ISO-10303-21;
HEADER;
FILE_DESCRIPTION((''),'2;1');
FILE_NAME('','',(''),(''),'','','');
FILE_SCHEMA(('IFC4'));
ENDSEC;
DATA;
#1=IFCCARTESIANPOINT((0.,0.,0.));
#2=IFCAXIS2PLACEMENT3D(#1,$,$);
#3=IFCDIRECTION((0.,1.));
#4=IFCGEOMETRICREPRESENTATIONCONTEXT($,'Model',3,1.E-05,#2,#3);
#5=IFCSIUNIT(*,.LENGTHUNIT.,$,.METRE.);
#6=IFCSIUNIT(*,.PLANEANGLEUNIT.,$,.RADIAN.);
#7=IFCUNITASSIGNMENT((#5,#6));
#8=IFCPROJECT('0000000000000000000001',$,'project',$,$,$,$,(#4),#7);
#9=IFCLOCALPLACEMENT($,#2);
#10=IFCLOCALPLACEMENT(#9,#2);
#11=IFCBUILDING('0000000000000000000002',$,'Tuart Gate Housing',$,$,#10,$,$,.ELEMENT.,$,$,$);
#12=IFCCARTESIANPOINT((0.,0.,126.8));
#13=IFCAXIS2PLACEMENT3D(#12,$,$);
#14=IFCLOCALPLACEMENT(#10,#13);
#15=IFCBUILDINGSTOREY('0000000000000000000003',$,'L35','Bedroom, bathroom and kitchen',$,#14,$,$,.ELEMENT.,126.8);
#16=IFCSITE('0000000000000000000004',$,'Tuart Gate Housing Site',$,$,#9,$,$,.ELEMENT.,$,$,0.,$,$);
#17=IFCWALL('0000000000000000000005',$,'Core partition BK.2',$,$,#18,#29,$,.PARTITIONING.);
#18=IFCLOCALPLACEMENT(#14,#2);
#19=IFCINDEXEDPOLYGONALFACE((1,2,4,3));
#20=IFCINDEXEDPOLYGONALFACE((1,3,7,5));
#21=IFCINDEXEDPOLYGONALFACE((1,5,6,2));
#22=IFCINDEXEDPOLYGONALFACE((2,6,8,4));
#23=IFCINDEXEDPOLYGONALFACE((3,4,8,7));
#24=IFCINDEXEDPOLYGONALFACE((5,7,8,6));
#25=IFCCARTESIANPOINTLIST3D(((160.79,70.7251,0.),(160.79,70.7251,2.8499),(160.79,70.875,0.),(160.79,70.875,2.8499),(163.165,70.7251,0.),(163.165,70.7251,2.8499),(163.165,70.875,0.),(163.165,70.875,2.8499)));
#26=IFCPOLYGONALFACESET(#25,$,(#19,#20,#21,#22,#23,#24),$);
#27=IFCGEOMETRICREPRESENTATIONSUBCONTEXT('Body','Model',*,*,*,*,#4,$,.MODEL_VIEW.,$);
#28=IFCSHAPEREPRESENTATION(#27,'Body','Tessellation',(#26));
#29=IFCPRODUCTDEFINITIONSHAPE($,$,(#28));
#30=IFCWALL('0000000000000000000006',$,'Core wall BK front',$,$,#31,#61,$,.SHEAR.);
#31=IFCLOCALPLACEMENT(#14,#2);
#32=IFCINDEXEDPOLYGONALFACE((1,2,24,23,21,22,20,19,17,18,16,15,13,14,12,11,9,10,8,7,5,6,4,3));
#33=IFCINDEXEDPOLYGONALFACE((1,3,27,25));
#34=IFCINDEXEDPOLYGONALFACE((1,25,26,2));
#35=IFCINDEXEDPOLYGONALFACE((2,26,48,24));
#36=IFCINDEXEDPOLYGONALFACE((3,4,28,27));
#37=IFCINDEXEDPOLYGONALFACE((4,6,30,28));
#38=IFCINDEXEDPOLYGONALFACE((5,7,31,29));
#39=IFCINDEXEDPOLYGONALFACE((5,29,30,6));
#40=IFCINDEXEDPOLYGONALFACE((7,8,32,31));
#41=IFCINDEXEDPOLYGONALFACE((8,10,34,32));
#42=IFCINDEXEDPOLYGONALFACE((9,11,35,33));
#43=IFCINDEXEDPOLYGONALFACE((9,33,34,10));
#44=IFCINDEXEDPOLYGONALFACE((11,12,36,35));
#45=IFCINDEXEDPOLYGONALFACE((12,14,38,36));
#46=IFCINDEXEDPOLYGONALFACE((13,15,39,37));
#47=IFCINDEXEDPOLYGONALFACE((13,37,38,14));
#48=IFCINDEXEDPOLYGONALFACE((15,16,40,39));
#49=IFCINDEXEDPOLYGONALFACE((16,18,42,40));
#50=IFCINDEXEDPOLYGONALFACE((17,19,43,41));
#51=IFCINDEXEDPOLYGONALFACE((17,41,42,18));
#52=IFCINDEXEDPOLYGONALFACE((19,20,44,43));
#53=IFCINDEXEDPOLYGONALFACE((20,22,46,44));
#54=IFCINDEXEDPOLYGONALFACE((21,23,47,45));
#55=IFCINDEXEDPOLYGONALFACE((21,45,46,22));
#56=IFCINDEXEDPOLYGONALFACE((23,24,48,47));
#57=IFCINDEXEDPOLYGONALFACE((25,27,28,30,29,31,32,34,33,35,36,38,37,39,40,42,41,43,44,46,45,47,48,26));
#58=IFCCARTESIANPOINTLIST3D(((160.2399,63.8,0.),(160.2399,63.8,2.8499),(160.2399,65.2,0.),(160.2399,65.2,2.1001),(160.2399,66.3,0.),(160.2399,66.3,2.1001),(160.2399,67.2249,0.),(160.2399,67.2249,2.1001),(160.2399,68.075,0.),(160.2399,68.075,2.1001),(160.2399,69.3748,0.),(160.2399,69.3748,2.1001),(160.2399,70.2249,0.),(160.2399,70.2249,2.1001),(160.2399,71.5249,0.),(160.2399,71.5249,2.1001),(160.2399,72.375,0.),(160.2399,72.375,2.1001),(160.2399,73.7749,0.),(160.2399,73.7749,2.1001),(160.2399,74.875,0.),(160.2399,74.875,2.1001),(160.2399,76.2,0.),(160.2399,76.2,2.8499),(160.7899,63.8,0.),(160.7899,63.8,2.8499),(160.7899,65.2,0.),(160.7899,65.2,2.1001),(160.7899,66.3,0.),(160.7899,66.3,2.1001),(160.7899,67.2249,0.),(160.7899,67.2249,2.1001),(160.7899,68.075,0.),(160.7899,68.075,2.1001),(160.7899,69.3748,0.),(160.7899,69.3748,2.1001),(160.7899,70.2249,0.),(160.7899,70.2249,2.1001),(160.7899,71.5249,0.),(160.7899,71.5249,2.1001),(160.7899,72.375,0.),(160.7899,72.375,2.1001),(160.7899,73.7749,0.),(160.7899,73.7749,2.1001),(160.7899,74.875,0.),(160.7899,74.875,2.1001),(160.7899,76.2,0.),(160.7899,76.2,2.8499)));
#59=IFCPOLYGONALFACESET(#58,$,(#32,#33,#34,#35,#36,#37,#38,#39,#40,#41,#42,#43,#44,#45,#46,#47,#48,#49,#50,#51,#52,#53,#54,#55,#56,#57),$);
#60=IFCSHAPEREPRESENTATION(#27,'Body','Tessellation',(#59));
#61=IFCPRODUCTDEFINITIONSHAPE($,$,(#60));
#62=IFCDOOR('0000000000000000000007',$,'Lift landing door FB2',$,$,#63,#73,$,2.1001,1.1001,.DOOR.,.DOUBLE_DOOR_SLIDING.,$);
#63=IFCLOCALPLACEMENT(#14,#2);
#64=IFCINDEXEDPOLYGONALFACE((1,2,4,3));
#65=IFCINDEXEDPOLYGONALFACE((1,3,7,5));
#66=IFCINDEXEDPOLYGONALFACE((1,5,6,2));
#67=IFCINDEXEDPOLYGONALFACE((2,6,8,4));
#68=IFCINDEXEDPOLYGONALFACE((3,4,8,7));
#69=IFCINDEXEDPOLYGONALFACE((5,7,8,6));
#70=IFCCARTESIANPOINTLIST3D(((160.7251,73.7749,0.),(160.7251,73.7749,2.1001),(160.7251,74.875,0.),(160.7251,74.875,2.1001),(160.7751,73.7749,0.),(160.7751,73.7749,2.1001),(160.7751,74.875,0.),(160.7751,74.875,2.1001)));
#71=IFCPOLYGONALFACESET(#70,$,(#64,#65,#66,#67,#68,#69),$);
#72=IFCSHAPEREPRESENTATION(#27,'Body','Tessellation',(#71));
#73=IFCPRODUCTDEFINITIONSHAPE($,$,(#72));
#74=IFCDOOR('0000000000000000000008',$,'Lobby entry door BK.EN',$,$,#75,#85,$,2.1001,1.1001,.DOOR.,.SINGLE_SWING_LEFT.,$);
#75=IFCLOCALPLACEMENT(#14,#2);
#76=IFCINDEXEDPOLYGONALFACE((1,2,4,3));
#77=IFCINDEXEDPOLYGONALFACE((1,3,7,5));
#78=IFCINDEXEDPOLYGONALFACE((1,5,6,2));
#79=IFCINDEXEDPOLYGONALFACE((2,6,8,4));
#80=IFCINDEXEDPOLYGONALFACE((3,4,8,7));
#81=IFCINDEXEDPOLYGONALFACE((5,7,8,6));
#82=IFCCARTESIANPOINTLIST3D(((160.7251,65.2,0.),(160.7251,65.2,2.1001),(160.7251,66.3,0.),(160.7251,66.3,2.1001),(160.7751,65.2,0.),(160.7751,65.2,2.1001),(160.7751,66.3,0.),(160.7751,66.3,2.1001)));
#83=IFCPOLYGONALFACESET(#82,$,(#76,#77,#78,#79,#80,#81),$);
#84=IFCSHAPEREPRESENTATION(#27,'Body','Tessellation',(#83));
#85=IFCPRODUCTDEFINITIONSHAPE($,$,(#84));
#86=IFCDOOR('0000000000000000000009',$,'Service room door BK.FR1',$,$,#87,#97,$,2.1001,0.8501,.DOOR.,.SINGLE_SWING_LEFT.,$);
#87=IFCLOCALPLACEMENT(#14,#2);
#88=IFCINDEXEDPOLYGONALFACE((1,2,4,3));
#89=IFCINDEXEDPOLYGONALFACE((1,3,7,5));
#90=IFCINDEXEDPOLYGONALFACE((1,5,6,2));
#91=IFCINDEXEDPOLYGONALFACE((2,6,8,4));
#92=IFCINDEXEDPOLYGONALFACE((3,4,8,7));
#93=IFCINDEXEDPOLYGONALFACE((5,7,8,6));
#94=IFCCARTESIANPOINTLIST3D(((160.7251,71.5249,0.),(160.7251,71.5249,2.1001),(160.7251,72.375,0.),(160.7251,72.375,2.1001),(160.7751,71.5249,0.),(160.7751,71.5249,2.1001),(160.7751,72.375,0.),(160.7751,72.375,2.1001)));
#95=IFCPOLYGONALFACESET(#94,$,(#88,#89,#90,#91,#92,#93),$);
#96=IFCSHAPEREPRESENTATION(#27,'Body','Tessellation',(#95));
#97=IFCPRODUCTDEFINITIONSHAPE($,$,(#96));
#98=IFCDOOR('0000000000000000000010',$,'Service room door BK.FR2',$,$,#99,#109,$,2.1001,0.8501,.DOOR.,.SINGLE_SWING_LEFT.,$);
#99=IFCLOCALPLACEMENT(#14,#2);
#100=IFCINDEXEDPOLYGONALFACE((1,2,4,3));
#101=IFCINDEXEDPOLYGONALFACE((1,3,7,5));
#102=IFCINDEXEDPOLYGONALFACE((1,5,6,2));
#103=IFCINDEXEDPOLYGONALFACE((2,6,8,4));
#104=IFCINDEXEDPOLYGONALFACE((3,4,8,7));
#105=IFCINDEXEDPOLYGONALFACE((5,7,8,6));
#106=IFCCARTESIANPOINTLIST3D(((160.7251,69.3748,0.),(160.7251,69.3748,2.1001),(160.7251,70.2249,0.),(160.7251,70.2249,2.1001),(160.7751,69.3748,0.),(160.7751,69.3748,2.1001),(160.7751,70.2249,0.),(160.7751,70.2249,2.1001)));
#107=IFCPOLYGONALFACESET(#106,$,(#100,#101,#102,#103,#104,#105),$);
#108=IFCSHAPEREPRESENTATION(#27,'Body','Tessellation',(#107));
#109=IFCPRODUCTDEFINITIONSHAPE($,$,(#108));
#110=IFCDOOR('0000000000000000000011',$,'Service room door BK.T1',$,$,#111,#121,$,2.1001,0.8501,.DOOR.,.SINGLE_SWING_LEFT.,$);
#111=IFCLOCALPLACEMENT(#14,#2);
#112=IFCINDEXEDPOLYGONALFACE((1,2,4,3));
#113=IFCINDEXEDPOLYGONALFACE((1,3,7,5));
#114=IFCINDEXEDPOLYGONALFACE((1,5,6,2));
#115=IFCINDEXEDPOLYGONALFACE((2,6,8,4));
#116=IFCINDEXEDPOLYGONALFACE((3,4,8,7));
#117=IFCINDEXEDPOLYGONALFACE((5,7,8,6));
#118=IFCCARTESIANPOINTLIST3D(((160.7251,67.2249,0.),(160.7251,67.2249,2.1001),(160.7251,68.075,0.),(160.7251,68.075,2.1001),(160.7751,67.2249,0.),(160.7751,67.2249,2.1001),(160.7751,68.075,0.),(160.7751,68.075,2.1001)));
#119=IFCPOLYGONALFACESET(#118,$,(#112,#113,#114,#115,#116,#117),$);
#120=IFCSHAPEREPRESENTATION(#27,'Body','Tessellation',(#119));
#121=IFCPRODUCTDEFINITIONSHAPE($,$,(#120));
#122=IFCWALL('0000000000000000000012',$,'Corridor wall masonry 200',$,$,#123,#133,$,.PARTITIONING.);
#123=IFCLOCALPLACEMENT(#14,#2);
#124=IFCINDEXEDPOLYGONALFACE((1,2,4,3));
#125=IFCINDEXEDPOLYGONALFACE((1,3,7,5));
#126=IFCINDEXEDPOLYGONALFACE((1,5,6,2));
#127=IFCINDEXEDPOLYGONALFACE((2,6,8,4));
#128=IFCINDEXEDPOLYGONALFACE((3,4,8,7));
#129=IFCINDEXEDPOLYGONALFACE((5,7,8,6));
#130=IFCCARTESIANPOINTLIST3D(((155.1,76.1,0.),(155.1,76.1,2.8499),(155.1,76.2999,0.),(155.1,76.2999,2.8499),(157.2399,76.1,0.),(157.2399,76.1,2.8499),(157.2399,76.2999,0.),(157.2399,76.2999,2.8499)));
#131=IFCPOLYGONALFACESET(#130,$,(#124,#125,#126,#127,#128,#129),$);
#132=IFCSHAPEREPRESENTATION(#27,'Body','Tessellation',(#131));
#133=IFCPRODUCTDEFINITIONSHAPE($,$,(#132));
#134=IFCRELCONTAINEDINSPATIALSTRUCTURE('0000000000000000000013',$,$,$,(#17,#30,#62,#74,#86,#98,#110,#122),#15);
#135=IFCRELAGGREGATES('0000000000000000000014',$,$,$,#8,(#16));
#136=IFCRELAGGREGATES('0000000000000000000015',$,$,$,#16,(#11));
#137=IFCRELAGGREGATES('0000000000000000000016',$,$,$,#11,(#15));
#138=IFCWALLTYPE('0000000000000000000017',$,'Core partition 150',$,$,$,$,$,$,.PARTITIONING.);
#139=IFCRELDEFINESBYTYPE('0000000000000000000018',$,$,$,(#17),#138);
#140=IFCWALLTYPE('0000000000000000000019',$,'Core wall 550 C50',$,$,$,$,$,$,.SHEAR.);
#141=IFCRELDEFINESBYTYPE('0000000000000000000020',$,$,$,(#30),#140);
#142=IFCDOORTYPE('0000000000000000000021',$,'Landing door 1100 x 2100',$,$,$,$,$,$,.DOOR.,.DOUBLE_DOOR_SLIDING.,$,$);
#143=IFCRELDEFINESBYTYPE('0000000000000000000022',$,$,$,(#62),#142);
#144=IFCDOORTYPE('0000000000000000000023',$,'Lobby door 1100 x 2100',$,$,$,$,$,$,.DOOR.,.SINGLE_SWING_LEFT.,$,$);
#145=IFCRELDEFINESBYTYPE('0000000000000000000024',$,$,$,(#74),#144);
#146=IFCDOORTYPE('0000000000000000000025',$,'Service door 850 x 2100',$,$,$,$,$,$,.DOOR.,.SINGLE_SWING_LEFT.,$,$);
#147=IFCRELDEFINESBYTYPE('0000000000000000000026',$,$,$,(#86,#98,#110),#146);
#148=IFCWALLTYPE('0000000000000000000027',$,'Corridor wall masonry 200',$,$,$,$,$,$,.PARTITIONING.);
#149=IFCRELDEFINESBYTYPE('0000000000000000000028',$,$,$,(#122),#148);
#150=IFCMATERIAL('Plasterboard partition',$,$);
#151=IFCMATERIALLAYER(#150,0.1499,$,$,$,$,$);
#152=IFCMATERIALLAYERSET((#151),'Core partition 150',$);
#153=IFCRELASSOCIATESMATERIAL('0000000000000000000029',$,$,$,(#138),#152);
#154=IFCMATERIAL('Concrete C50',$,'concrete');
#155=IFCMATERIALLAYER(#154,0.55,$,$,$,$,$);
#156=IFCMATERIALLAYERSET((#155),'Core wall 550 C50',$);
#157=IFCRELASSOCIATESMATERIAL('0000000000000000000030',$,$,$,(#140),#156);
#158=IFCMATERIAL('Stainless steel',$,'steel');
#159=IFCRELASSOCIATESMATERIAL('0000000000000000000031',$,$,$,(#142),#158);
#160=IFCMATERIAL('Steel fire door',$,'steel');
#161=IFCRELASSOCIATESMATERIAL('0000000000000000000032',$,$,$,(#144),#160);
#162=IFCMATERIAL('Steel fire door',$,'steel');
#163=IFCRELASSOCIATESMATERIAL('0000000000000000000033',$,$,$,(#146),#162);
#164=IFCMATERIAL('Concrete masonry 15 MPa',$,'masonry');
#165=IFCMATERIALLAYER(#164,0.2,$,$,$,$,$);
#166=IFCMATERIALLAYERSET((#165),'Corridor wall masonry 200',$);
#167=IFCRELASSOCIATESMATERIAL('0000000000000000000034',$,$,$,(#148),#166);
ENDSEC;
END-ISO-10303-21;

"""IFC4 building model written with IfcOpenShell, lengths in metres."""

from ifc_helpers import new_model, si_unit, direction, frame, frame_2d, origin, place, context, subcontext, project, spatial, rectangle, extrude, material, layer, layer_set, type_object, element, fill, save


model = new_model("IFC4")

# Units and contexts
model_context = context("Model", 3, precision=1e-05, world=origin(), true_north=direction((0.0, 1.0)))
body_context = subcontext(model_context, "Body", "Model", "MODEL_VIEW")
ifc_project = project(units=[si_unit("LENGTHUNIT", "METRE"), si_unit("PLANEANGLEUNIT", "RADIAN")], contexts=[model_context])

# Site, building, storey
site_placement = place(None, origin())
site = spatial("IfcSite", under=ifc_project, at=site_placement, Name="Tuart Gate Housing Site", CompositionType="ELEMENT", RefElevation=0.0)
building_placement = place(site_placement, origin())
building = spatial("IfcBuilding", under=site, at=building_placement, Name="Tuart Gate Housing", CompositionType="ELEMENT")
storey_placement = place(building_placement, frame((0.0, 0.0, 126.8)))
storey = spatial("IfcBuildingStorey", under=building, at=storey_placement, Name="L35", Description="Bedroom, bathroom and kitchen", CompositionType="ELEMENT", Elevation=126.8)

# Wall
ifc_material_1 = material(Name="Plasterboard partition")
ifc_layer_1 = layer(ifc_material_1, 0.1499)
ifc_layer_set_1 = layer_set([ifc_layer_1], Name="Core partition 150")
wall_type_1 = type_object("IfcWallType", Name="Core partition 150", PredefinedType="PARTITIONING", material=ifc_layer_set_1)
wall_1_placement = place(storey_placement, frame((160.79, 70.8, 0.0), z_axis=(0.0, 0.0, 1.0), x_axis=(1.0, 0.0, 0.0)))
element("IfcWall", 1, at=wall_1_placement, inside=storey, type_object=wall_type_1, Name="Core partition BK.2", PredefinedType="PARTITIONING", context=body_context, shape_type="SweptSolid", body=[
    extrude(rectangle(XDim=2.375, YDim=0.1499, at=frame_2d((1.1875, 0.0))), origin(), (0.0, 0.0, 1.0), 2.8499),
])

# Wall, openings, doors
ifc_material_2 = material(Name="Concrete C50", Category="concrete")
ifc_layer_2 = layer(ifc_material_2, 0.55)
ifc_layer_set_2 = layer_set([ifc_layer_2], Name="Core wall 550 C50")
wall_type_2 = type_object("IfcWallType", Name="Core wall 550 C50", PredefinedType="SHEAR", material=ifc_layer_set_2)
wall_2_placement = place(storey_placement, frame((160.5149, 76.2, 0.0), z_axis=(0.0, 0.0, 1.0), x_axis=(0.0, -1.0, 0.0)))
wall_2 = element("IfcWall", 2, at=wall_2_placement, inside=storey, type_object=wall_type_2, Name="Core wall BK front", PredefinedType="SHEAR", context=body_context, shape_type="SweptSolid", body=[
    extrude(rectangle(XDim=12.3999, YDim=0.55, at=frame_2d((6.2, 0.0))), origin(), (0.0, 0.0, 1.0), 2.8499),
])
opening_1_placement = place(wall_2_placement, frame((1.325, 0.0, 0.0)))
opening_1 = element("IfcOpeningElement", 3, at=opening_1_placement, cuts=wall_2, PredefinedType="OPENING", context=body_context, shape_type="SweptSolid", body=[
    extrude(rectangle(XDim=1.1001, YDim=2.1001, at=frame_2d((0.55, 1.05))), frame((0.0, 0.2849, 0.0), z_axis=(0.0, -1.0, 0.0), x_axis=(1.0, 0.0, 0.0)), (0.0, 0.0, 1.0), 0.5701),
])
opening_2_placement = place(wall_2_placement, frame((3.825, 0.0, 0.0)))
opening_2 = element("IfcOpeningElement", 4, at=opening_2_placement, cuts=wall_2, PredefinedType="OPENING", context=body_context, shape_type="SweptSolid", body=[
    extrude(rectangle(XDim=0.8501, YDim=2.1001, at=frame_2d((0.425, 1.05))), frame((0.0, 0.2849, 0.0), z_axis=(0.0, -1.0, 0.0), x_axis=(1.0, 0.0, 0.0)), (0.0, 0.0, 1.0), 0.5701),
])
opening_3_placement = place(wall_2_placement, frame((5.9751, 0.0, 0.0)))
opening_3 = element("IfcOpeningElement", 5, at=opening_3_placement, cuts=wall_2, PredefinedType="OPENING", context=body_context, shape_type="SweptSolid", body=[
    extrude(rectangle(XDim=0.8501, YDim=2.1001, at=frame_2d((0.425, 1.05))), frame((0.0, 0.2849, 0.0), z_axis=(0.0, -1.0, 0.0), x_axis=(1.0, 0.0, 0.0)), (0.0, 0.0, 1.0), 0.5701),
])
opening_4_placement = place(wall_2_placement, frame((9.8999, 0.0, 0.0)))
opening_4 = element("IfcOpeningElement", 6, at=opening_4_placement, cuts=wall_2, PredefinedType="OPENING", context=body_context, shape_type="SweptSolid", body=[
    extrude(rectangle(XDim=1.1001, YDim=2.1001, at=frame_2d((0.55, 1.05))), frame((0.0, 0.2849, 0.0), z_axis=(0.0, -1.0, 0.0), x_axis=(1.0, 0.0, 0.0)), (0.0, 0.0, 1.0), 0.5701),
])
opening_5_placement = place(wall_2_placement, frame((8.125, 0.0, 0.0)))
opening_5 = element("IfcOpeningElement", 7, at=opening_5_placement, cuts=wall_2, PredefinedType="OPENING", context=body_context, shape_type="SweptSolid", body=[
    extrude(rectangle(XDim=0.8501, YDim=2.1001, at=frame_2d((0.425, 1.05))), frame((0.0, 0.2849, 0.0), z_axis=(0.0, -1.0, 0.0), x_axis=(1.0, 0.0, 0.0)), (0.0, 0.0, 1.0), 0.5701),
])
ifc_material_3 = material(Name="Stainless steel", Category="steel")
door_type_1 = type_object("IfcDoorType", Name="Landing door 1100 x 2100", OperationType="DOUBLE_DOOR_SLIDING", PredefinedType="DOOR", material=ifc_material_3)
door_1_placement = place(opening_1_placement, origin())
door_1 = element("IfcDoor", 8, at=door_1_placement, inside=storey, type_object=door_type_1, Name="Lift landing door FB2", OperationType="DOUBLE_DOOR_SLIDING", OverallHeight=2.1001, OverallWidth=1.1001, PredefinedType="DOOR", context=body_context, shape_type="SweptSolid", body=[
    extrude(rectangle(XDim=1.1001, YDim=2.1001, at=frame_2d((0.55, 1.05))), frame((0.0, 0.2603, 0.0), z_axis=(0.0, -1.0, 0.0), x_axis=(1.0, 0.0, 0.0)), (0.0, 0.0, 1.0), 0.05),
])
fill(opening_1, door_1)
ifc_material_4 = material(Name="Steel fire door", Category="steel")
door_type_2 = type_object("IfcDoorType", Name="Lobby door 1100 x 2100", OperationType="SINGLE_SWING_LEFT", PredefinedType="DOOR", material=ifc_material_4)
door_2_placement = place(opening_4_placement, origin())
door_2 = element("IfcDoor", 9, at=door_2_placement, inside=storey, type_object=door_type_2, Name="Lobby entry door BK.EN", OperationType="SINGLE_SWING_LEFT", OverallHeight=2.1001, OverallWidth=1.1001, PredefinedType="DOOR", context=body_context, shape_type="SweptSolid", body=[
    extrude(rectangle(XDim=1.1001, YDim=2.1001, at=frame_2d((0.55, 1.05))), frame((0.0, 0.2603, 0.0), z_axis=(0.0, -1.0, 0.0), x_axis=(1.0, 0.0, 0.0)), (0.0, 0.0, 1.0), 0.05),
])
fill(opening_4, door_2)
ifc_material_5 = material(Name="Steel fire door", Category="steel")
door_type_3 = type_object("IfcDoorType", Name="Service door 850 x 2100", OperationType="SINGLE_SWING_LEFT", PredefinedType="DOOR", material=ifc_material_5)
door_3_placement = place(opening_2_placement, origin())
door_3 = element("IfcDoor", 10, at=door_3_placement, inside=storey, type_object=door_type_3, Name="Service room door BK.FR1", OperationType="SINGLE_SWING_LEFT", OverallHeight=2.1001, OverallWidth=0.8501, PredefinedType="DOOR", context=body_context, shape_type="SweptSolid", body=[
    extrude(rectangle(XDim=0.8501, YDim=2.1001, at=frame_2d((0.425, 1.05))), frame((0.0, 0.2603, 0.0), z_axis=(0.0, -1.0, 0.0), x_axis=(1.0, 0.0, 0.0)), (0.0, 0.0, 1.0), 0.05),
])
fill(opening_2, door_3)
door_4_placement = place(opening_3_placement, origin())
door_4 = element("IfcDoor", 11, at=door_4_placement, inside=storey, type_object=door_type_3, Name="Service room door BK.FR2", OperationType="SINGLE_SWING_LEFT", OverallHeight=2.1001, OverallWidth=0.8501, PredefinedType="DOOR", context=body_context, shape_type="SweptSolid", body=[
    extrude(rectangle(XDim=0.8501, YDim=2.1001, at=frame_2d((0.425, 1.05))), frame((0.0, 0.2603, 0.0), z_axis=(0.0, -1.0, 0.0), x_axis=(1.0, 0.0, 0.0)), (0.0, 0.0, 1.0), 0.05),
])
fill(opening_3, door_4)
door_5_placement = place(opening_5_placement, origin())
door_5 = element("IfcDoor", 12, at=door_5_placement, inside=storey, type_object=door_type_3, Name="Service room door BK.T1", OperationType="SINGLE_SWING_LEFT", OverallHeight=2.1001, OverallWidth=0.8501, PredefinedType="DOOR", context=body_context, shape_type="SweptSolid", body=[
    extrude(rectangle(XDim=0.8501, YDim=2.1001, at=frame_2d((0.425, 1.05))), frame((0.0, 0.2603, 0.0), z_axis=(0.0, -1.0, 0.0), x_axis=(1.0, 0.0, 0.0)), (0.0, 0.0, 1.0), 0.05),
])
fill(opening_5, door_5)

# Wall
ifc_material_6 = material(Name="Concrete masonry 15 MPa", Category="masonry")
ifc_layer_3 = layer(ifc_material_6, 0.2)
ifc_layer_set_3 = layer_set([ifc_layer_3], Name="Corridor wall masonry 200")
wall_type_3 = type_object("IfcWallType", Name="Corridor wall masonry 200", PredefinedType="PARTITIONING", material=ifc_layer_set_3)
wall_3_placement = place(storey_placement, frame((155.1001, 76.2, 0.0), z_axis=(0.0, 0.0, 1.0), x_axis=(1.0, 0.0, 0.0)))
element("IfcWall", 13, at=wall_3_placement, inside=storey, type_object=wall_type_3, Name="Corridor wall masonry 200", PredefinedType="PARTITIONING", context=body_context, shape_type="SweptSolid", body=[
    extrude(rectangle(XDim=2.1399, YDim=0.2, at=frame_2d((1.0698, 0.0))), origin(), (0.0, 0.0, 1.0), 2.8499),
])

save(model, "model.ifc")
